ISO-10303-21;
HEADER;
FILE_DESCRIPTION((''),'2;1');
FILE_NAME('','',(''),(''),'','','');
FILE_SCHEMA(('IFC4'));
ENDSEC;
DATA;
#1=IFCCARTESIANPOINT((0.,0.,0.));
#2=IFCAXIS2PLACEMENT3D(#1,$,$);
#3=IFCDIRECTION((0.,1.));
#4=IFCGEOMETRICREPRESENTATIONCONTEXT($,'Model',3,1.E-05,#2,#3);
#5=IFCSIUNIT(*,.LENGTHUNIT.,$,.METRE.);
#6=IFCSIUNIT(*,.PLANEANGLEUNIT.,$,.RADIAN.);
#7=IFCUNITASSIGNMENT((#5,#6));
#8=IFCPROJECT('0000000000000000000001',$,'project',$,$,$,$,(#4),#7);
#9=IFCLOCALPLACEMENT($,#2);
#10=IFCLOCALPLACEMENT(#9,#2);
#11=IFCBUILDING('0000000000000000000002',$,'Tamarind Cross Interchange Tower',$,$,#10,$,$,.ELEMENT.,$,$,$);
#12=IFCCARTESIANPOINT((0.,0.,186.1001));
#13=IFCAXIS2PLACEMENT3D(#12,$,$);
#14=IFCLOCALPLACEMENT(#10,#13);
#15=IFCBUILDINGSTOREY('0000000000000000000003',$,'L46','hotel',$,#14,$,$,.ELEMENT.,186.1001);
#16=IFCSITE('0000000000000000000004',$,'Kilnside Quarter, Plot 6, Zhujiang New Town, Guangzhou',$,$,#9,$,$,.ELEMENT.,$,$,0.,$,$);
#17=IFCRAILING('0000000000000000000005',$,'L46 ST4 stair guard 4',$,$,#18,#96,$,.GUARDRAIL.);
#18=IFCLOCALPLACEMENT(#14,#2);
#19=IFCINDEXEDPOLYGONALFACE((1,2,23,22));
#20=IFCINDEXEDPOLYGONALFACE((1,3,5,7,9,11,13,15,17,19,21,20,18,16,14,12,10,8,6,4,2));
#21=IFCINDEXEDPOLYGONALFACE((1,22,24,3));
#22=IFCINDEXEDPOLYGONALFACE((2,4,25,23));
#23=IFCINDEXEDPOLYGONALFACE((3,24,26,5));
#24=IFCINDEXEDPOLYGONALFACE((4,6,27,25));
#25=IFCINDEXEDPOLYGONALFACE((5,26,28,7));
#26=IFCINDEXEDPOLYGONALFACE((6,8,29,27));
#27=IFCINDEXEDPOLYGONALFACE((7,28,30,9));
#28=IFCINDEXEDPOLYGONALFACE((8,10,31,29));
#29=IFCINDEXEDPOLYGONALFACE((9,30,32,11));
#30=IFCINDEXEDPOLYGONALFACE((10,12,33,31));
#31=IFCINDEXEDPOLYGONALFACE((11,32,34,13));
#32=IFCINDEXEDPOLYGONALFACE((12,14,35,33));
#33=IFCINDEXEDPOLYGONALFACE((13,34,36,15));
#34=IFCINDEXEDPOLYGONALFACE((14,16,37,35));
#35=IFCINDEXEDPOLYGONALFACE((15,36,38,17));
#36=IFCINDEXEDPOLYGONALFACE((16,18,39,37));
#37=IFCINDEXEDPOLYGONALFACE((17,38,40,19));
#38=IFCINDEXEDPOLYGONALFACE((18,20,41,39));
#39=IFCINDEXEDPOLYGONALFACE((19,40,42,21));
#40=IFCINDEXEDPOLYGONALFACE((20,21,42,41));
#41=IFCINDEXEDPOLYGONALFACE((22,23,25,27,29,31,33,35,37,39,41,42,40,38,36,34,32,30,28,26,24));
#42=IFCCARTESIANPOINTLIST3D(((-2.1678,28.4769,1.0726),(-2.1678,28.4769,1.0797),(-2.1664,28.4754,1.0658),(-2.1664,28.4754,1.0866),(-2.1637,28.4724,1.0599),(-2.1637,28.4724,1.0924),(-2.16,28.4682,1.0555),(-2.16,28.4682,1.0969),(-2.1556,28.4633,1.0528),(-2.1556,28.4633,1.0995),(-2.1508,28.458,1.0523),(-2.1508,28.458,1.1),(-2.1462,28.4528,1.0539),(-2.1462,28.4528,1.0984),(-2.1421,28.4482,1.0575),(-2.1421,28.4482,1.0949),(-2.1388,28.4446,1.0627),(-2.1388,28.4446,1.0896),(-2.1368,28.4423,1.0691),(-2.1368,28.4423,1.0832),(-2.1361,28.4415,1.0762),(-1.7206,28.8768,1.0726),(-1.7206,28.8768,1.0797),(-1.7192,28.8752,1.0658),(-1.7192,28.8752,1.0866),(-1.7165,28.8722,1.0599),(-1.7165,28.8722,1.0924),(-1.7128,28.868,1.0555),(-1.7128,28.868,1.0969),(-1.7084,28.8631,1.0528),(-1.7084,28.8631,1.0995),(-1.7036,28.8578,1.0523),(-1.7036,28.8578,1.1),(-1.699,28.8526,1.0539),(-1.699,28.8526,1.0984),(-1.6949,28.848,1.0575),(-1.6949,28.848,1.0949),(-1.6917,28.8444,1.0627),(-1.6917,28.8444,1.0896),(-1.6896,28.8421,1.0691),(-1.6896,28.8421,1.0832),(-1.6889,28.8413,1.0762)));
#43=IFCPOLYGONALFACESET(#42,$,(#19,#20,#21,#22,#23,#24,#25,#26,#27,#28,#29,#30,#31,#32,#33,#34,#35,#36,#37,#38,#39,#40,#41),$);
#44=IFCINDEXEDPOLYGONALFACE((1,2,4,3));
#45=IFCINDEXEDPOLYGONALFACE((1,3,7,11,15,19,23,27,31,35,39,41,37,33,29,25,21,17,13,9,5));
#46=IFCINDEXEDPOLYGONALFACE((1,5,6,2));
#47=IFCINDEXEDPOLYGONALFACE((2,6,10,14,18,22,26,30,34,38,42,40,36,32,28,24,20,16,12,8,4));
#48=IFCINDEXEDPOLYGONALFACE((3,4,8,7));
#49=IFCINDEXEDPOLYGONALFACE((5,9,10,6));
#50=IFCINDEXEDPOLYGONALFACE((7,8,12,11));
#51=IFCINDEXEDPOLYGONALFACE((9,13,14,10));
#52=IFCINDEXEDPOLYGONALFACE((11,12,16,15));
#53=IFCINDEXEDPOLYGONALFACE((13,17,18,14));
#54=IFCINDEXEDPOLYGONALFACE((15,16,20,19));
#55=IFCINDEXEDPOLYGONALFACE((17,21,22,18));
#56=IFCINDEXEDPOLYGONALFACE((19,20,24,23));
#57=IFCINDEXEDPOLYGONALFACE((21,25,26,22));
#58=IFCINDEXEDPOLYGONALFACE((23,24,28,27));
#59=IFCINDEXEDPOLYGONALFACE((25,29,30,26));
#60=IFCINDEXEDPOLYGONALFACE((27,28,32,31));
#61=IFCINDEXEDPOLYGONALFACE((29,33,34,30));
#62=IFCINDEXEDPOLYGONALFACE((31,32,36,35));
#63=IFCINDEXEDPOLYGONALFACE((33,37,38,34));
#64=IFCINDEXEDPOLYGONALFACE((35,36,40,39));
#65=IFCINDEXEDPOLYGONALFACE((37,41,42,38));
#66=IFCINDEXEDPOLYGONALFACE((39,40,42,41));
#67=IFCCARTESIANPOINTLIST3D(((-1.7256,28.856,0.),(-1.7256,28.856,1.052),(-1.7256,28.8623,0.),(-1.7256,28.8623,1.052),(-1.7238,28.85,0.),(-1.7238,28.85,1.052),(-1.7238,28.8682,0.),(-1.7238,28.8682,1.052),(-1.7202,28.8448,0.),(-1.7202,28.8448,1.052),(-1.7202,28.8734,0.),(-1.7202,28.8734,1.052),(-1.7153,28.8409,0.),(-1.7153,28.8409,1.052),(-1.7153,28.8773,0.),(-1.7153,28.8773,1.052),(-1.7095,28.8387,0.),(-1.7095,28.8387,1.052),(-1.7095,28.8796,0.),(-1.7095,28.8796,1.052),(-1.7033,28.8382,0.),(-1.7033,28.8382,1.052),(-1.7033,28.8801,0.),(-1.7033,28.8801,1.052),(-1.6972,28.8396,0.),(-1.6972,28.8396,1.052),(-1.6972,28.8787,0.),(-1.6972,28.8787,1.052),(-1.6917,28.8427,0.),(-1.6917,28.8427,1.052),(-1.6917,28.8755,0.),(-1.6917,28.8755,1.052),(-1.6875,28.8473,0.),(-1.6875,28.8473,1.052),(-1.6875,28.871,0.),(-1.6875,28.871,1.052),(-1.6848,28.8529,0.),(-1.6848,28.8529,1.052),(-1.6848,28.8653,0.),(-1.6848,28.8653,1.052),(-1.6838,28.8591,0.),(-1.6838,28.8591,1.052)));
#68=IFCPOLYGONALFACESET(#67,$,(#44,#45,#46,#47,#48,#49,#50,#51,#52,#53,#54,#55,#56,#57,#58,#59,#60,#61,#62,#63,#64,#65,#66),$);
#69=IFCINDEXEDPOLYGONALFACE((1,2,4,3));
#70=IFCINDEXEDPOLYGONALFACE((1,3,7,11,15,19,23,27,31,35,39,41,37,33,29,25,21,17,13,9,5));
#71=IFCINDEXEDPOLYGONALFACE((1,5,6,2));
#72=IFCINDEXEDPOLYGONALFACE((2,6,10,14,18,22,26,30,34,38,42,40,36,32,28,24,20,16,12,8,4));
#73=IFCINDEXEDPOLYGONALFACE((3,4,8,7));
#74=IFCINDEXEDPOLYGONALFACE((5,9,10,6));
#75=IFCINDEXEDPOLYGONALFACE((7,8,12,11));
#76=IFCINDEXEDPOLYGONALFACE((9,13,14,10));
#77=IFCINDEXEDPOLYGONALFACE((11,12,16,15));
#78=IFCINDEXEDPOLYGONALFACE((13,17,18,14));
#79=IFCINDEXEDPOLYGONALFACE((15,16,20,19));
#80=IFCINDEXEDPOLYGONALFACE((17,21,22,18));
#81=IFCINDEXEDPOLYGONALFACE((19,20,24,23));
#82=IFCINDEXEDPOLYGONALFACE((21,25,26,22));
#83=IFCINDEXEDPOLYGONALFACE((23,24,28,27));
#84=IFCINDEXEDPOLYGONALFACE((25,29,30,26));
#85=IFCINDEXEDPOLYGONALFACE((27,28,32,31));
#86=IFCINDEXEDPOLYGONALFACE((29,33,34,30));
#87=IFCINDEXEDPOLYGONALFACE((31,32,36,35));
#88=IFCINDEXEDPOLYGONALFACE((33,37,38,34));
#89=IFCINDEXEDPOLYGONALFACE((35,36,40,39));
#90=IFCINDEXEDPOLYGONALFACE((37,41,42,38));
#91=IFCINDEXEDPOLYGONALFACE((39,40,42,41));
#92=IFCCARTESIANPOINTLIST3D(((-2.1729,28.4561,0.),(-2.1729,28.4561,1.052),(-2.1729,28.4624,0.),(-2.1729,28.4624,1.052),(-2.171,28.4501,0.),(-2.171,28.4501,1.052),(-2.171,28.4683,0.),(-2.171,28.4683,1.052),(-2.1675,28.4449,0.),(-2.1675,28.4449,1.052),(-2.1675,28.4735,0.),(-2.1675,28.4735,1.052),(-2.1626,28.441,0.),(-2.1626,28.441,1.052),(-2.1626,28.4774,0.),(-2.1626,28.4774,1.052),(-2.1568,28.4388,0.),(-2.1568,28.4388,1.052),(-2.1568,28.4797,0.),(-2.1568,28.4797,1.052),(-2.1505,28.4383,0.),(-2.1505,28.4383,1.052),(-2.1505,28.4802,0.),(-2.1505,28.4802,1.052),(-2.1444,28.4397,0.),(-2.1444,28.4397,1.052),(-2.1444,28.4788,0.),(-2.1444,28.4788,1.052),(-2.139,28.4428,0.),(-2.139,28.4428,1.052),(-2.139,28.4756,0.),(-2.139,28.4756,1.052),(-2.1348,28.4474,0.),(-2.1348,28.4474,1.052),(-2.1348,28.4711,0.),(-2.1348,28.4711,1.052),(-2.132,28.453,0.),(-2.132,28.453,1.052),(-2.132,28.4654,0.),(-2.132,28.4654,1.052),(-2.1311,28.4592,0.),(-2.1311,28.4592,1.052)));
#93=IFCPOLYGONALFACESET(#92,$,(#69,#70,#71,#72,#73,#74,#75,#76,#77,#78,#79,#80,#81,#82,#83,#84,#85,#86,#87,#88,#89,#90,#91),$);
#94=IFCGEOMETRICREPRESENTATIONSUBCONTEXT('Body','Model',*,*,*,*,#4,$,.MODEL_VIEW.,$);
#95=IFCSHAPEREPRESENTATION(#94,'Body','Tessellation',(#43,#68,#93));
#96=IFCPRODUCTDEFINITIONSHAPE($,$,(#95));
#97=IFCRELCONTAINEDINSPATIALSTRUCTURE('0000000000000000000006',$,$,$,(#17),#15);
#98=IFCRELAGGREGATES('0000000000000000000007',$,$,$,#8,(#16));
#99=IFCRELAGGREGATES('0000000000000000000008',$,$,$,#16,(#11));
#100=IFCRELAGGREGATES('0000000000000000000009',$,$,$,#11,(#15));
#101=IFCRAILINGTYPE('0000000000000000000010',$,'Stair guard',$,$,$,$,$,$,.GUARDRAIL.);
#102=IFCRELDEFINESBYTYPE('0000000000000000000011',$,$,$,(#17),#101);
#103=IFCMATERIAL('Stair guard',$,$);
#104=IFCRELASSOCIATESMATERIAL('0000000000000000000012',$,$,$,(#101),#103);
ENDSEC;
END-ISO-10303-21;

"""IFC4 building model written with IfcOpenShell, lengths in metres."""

from ifc_helpers import new_model, si_unit, direction, frame, origin, origin_2d, place, context, subcontext, project, spatial, circle, extrude, material, type_object, element, save


model = new_model("IFC4")

# Units and contexts
model_context = context("Model", 3, precision=1e-05, world=origin(), true_north=direction((0.0, 1.0)))
body_context = subcontext(model_context, "Body", "Model", "MODEL_VIEW")
ifc_project = project(units=[si_unit("LENGTHUNIT", "METRE"), si_unit("PLANEANGLEUNIT", "RADIAN")], contexts=[model_context])

# Site, building, storey
site_placement = place(None, origin())
site = spatial("IfcSite", under=ifc_project, at=site_placement, Name="Kilnside Quarter, Plot 6, Zhujiang New Town, Guangzhou", CompositionType="ELEMENT", RefElevation=0.0)
building_placement = place(site_placement, origin())
building = spatial("IfcBuilding", under=site, at=building_placement, Name="Tamarind Cross Interchange Tower", CompositionType="ELEMENT")
storey_placement = place(building_placement, frame((0.0, 0.0, 186.1001)))
storey = spatial("IfcBuildingStorey", under=building, at=storey_placement, Name="L46", Description="hotel", CompositionType="ELEMENT", Elevation=186.1001)

# Railing
ifc_material_1 = material(Name="Stair guard")
railing_type_1 = type_object("IfcRailingType", Name="Stair guard", PredefinedType="GUARDRAIL", material=ifc_material_1)
railing_1_placement = place(storey_placement, frame((-1.7048, 28.8591, 0.0)))
element("IfcRailing", 1, at=railing_1_placement, inside=storey, type_object=railing_type_1, Name="L46 ST4 stair guard 4", PredefinedType="GUARDRAIL", context=body_context, shape_type="SweptSolid", body=[
    extrude(circle(Radius=0.0239, at=origin_2d()), frame((0.0, 0.0, 1.0762), z_axis=(-0.745475, -0.666533, 0.0), x_axis=(0.666533, -0.745475, 0.0)), (0.0, 0.0, 1.0), 0.5999),
    extrude(circle(Radius=0.021, at=origin_2d()), origin(), (0.0, 0.0, 1.0), 1.052),
    extrude(circle(Radius=0.021, at=origin_2d()), frame((-0.4473, -0.3999, 0.0)), (0.0, 0.0, 1.0), 1.052),
])

save(model, "model.ifc")
